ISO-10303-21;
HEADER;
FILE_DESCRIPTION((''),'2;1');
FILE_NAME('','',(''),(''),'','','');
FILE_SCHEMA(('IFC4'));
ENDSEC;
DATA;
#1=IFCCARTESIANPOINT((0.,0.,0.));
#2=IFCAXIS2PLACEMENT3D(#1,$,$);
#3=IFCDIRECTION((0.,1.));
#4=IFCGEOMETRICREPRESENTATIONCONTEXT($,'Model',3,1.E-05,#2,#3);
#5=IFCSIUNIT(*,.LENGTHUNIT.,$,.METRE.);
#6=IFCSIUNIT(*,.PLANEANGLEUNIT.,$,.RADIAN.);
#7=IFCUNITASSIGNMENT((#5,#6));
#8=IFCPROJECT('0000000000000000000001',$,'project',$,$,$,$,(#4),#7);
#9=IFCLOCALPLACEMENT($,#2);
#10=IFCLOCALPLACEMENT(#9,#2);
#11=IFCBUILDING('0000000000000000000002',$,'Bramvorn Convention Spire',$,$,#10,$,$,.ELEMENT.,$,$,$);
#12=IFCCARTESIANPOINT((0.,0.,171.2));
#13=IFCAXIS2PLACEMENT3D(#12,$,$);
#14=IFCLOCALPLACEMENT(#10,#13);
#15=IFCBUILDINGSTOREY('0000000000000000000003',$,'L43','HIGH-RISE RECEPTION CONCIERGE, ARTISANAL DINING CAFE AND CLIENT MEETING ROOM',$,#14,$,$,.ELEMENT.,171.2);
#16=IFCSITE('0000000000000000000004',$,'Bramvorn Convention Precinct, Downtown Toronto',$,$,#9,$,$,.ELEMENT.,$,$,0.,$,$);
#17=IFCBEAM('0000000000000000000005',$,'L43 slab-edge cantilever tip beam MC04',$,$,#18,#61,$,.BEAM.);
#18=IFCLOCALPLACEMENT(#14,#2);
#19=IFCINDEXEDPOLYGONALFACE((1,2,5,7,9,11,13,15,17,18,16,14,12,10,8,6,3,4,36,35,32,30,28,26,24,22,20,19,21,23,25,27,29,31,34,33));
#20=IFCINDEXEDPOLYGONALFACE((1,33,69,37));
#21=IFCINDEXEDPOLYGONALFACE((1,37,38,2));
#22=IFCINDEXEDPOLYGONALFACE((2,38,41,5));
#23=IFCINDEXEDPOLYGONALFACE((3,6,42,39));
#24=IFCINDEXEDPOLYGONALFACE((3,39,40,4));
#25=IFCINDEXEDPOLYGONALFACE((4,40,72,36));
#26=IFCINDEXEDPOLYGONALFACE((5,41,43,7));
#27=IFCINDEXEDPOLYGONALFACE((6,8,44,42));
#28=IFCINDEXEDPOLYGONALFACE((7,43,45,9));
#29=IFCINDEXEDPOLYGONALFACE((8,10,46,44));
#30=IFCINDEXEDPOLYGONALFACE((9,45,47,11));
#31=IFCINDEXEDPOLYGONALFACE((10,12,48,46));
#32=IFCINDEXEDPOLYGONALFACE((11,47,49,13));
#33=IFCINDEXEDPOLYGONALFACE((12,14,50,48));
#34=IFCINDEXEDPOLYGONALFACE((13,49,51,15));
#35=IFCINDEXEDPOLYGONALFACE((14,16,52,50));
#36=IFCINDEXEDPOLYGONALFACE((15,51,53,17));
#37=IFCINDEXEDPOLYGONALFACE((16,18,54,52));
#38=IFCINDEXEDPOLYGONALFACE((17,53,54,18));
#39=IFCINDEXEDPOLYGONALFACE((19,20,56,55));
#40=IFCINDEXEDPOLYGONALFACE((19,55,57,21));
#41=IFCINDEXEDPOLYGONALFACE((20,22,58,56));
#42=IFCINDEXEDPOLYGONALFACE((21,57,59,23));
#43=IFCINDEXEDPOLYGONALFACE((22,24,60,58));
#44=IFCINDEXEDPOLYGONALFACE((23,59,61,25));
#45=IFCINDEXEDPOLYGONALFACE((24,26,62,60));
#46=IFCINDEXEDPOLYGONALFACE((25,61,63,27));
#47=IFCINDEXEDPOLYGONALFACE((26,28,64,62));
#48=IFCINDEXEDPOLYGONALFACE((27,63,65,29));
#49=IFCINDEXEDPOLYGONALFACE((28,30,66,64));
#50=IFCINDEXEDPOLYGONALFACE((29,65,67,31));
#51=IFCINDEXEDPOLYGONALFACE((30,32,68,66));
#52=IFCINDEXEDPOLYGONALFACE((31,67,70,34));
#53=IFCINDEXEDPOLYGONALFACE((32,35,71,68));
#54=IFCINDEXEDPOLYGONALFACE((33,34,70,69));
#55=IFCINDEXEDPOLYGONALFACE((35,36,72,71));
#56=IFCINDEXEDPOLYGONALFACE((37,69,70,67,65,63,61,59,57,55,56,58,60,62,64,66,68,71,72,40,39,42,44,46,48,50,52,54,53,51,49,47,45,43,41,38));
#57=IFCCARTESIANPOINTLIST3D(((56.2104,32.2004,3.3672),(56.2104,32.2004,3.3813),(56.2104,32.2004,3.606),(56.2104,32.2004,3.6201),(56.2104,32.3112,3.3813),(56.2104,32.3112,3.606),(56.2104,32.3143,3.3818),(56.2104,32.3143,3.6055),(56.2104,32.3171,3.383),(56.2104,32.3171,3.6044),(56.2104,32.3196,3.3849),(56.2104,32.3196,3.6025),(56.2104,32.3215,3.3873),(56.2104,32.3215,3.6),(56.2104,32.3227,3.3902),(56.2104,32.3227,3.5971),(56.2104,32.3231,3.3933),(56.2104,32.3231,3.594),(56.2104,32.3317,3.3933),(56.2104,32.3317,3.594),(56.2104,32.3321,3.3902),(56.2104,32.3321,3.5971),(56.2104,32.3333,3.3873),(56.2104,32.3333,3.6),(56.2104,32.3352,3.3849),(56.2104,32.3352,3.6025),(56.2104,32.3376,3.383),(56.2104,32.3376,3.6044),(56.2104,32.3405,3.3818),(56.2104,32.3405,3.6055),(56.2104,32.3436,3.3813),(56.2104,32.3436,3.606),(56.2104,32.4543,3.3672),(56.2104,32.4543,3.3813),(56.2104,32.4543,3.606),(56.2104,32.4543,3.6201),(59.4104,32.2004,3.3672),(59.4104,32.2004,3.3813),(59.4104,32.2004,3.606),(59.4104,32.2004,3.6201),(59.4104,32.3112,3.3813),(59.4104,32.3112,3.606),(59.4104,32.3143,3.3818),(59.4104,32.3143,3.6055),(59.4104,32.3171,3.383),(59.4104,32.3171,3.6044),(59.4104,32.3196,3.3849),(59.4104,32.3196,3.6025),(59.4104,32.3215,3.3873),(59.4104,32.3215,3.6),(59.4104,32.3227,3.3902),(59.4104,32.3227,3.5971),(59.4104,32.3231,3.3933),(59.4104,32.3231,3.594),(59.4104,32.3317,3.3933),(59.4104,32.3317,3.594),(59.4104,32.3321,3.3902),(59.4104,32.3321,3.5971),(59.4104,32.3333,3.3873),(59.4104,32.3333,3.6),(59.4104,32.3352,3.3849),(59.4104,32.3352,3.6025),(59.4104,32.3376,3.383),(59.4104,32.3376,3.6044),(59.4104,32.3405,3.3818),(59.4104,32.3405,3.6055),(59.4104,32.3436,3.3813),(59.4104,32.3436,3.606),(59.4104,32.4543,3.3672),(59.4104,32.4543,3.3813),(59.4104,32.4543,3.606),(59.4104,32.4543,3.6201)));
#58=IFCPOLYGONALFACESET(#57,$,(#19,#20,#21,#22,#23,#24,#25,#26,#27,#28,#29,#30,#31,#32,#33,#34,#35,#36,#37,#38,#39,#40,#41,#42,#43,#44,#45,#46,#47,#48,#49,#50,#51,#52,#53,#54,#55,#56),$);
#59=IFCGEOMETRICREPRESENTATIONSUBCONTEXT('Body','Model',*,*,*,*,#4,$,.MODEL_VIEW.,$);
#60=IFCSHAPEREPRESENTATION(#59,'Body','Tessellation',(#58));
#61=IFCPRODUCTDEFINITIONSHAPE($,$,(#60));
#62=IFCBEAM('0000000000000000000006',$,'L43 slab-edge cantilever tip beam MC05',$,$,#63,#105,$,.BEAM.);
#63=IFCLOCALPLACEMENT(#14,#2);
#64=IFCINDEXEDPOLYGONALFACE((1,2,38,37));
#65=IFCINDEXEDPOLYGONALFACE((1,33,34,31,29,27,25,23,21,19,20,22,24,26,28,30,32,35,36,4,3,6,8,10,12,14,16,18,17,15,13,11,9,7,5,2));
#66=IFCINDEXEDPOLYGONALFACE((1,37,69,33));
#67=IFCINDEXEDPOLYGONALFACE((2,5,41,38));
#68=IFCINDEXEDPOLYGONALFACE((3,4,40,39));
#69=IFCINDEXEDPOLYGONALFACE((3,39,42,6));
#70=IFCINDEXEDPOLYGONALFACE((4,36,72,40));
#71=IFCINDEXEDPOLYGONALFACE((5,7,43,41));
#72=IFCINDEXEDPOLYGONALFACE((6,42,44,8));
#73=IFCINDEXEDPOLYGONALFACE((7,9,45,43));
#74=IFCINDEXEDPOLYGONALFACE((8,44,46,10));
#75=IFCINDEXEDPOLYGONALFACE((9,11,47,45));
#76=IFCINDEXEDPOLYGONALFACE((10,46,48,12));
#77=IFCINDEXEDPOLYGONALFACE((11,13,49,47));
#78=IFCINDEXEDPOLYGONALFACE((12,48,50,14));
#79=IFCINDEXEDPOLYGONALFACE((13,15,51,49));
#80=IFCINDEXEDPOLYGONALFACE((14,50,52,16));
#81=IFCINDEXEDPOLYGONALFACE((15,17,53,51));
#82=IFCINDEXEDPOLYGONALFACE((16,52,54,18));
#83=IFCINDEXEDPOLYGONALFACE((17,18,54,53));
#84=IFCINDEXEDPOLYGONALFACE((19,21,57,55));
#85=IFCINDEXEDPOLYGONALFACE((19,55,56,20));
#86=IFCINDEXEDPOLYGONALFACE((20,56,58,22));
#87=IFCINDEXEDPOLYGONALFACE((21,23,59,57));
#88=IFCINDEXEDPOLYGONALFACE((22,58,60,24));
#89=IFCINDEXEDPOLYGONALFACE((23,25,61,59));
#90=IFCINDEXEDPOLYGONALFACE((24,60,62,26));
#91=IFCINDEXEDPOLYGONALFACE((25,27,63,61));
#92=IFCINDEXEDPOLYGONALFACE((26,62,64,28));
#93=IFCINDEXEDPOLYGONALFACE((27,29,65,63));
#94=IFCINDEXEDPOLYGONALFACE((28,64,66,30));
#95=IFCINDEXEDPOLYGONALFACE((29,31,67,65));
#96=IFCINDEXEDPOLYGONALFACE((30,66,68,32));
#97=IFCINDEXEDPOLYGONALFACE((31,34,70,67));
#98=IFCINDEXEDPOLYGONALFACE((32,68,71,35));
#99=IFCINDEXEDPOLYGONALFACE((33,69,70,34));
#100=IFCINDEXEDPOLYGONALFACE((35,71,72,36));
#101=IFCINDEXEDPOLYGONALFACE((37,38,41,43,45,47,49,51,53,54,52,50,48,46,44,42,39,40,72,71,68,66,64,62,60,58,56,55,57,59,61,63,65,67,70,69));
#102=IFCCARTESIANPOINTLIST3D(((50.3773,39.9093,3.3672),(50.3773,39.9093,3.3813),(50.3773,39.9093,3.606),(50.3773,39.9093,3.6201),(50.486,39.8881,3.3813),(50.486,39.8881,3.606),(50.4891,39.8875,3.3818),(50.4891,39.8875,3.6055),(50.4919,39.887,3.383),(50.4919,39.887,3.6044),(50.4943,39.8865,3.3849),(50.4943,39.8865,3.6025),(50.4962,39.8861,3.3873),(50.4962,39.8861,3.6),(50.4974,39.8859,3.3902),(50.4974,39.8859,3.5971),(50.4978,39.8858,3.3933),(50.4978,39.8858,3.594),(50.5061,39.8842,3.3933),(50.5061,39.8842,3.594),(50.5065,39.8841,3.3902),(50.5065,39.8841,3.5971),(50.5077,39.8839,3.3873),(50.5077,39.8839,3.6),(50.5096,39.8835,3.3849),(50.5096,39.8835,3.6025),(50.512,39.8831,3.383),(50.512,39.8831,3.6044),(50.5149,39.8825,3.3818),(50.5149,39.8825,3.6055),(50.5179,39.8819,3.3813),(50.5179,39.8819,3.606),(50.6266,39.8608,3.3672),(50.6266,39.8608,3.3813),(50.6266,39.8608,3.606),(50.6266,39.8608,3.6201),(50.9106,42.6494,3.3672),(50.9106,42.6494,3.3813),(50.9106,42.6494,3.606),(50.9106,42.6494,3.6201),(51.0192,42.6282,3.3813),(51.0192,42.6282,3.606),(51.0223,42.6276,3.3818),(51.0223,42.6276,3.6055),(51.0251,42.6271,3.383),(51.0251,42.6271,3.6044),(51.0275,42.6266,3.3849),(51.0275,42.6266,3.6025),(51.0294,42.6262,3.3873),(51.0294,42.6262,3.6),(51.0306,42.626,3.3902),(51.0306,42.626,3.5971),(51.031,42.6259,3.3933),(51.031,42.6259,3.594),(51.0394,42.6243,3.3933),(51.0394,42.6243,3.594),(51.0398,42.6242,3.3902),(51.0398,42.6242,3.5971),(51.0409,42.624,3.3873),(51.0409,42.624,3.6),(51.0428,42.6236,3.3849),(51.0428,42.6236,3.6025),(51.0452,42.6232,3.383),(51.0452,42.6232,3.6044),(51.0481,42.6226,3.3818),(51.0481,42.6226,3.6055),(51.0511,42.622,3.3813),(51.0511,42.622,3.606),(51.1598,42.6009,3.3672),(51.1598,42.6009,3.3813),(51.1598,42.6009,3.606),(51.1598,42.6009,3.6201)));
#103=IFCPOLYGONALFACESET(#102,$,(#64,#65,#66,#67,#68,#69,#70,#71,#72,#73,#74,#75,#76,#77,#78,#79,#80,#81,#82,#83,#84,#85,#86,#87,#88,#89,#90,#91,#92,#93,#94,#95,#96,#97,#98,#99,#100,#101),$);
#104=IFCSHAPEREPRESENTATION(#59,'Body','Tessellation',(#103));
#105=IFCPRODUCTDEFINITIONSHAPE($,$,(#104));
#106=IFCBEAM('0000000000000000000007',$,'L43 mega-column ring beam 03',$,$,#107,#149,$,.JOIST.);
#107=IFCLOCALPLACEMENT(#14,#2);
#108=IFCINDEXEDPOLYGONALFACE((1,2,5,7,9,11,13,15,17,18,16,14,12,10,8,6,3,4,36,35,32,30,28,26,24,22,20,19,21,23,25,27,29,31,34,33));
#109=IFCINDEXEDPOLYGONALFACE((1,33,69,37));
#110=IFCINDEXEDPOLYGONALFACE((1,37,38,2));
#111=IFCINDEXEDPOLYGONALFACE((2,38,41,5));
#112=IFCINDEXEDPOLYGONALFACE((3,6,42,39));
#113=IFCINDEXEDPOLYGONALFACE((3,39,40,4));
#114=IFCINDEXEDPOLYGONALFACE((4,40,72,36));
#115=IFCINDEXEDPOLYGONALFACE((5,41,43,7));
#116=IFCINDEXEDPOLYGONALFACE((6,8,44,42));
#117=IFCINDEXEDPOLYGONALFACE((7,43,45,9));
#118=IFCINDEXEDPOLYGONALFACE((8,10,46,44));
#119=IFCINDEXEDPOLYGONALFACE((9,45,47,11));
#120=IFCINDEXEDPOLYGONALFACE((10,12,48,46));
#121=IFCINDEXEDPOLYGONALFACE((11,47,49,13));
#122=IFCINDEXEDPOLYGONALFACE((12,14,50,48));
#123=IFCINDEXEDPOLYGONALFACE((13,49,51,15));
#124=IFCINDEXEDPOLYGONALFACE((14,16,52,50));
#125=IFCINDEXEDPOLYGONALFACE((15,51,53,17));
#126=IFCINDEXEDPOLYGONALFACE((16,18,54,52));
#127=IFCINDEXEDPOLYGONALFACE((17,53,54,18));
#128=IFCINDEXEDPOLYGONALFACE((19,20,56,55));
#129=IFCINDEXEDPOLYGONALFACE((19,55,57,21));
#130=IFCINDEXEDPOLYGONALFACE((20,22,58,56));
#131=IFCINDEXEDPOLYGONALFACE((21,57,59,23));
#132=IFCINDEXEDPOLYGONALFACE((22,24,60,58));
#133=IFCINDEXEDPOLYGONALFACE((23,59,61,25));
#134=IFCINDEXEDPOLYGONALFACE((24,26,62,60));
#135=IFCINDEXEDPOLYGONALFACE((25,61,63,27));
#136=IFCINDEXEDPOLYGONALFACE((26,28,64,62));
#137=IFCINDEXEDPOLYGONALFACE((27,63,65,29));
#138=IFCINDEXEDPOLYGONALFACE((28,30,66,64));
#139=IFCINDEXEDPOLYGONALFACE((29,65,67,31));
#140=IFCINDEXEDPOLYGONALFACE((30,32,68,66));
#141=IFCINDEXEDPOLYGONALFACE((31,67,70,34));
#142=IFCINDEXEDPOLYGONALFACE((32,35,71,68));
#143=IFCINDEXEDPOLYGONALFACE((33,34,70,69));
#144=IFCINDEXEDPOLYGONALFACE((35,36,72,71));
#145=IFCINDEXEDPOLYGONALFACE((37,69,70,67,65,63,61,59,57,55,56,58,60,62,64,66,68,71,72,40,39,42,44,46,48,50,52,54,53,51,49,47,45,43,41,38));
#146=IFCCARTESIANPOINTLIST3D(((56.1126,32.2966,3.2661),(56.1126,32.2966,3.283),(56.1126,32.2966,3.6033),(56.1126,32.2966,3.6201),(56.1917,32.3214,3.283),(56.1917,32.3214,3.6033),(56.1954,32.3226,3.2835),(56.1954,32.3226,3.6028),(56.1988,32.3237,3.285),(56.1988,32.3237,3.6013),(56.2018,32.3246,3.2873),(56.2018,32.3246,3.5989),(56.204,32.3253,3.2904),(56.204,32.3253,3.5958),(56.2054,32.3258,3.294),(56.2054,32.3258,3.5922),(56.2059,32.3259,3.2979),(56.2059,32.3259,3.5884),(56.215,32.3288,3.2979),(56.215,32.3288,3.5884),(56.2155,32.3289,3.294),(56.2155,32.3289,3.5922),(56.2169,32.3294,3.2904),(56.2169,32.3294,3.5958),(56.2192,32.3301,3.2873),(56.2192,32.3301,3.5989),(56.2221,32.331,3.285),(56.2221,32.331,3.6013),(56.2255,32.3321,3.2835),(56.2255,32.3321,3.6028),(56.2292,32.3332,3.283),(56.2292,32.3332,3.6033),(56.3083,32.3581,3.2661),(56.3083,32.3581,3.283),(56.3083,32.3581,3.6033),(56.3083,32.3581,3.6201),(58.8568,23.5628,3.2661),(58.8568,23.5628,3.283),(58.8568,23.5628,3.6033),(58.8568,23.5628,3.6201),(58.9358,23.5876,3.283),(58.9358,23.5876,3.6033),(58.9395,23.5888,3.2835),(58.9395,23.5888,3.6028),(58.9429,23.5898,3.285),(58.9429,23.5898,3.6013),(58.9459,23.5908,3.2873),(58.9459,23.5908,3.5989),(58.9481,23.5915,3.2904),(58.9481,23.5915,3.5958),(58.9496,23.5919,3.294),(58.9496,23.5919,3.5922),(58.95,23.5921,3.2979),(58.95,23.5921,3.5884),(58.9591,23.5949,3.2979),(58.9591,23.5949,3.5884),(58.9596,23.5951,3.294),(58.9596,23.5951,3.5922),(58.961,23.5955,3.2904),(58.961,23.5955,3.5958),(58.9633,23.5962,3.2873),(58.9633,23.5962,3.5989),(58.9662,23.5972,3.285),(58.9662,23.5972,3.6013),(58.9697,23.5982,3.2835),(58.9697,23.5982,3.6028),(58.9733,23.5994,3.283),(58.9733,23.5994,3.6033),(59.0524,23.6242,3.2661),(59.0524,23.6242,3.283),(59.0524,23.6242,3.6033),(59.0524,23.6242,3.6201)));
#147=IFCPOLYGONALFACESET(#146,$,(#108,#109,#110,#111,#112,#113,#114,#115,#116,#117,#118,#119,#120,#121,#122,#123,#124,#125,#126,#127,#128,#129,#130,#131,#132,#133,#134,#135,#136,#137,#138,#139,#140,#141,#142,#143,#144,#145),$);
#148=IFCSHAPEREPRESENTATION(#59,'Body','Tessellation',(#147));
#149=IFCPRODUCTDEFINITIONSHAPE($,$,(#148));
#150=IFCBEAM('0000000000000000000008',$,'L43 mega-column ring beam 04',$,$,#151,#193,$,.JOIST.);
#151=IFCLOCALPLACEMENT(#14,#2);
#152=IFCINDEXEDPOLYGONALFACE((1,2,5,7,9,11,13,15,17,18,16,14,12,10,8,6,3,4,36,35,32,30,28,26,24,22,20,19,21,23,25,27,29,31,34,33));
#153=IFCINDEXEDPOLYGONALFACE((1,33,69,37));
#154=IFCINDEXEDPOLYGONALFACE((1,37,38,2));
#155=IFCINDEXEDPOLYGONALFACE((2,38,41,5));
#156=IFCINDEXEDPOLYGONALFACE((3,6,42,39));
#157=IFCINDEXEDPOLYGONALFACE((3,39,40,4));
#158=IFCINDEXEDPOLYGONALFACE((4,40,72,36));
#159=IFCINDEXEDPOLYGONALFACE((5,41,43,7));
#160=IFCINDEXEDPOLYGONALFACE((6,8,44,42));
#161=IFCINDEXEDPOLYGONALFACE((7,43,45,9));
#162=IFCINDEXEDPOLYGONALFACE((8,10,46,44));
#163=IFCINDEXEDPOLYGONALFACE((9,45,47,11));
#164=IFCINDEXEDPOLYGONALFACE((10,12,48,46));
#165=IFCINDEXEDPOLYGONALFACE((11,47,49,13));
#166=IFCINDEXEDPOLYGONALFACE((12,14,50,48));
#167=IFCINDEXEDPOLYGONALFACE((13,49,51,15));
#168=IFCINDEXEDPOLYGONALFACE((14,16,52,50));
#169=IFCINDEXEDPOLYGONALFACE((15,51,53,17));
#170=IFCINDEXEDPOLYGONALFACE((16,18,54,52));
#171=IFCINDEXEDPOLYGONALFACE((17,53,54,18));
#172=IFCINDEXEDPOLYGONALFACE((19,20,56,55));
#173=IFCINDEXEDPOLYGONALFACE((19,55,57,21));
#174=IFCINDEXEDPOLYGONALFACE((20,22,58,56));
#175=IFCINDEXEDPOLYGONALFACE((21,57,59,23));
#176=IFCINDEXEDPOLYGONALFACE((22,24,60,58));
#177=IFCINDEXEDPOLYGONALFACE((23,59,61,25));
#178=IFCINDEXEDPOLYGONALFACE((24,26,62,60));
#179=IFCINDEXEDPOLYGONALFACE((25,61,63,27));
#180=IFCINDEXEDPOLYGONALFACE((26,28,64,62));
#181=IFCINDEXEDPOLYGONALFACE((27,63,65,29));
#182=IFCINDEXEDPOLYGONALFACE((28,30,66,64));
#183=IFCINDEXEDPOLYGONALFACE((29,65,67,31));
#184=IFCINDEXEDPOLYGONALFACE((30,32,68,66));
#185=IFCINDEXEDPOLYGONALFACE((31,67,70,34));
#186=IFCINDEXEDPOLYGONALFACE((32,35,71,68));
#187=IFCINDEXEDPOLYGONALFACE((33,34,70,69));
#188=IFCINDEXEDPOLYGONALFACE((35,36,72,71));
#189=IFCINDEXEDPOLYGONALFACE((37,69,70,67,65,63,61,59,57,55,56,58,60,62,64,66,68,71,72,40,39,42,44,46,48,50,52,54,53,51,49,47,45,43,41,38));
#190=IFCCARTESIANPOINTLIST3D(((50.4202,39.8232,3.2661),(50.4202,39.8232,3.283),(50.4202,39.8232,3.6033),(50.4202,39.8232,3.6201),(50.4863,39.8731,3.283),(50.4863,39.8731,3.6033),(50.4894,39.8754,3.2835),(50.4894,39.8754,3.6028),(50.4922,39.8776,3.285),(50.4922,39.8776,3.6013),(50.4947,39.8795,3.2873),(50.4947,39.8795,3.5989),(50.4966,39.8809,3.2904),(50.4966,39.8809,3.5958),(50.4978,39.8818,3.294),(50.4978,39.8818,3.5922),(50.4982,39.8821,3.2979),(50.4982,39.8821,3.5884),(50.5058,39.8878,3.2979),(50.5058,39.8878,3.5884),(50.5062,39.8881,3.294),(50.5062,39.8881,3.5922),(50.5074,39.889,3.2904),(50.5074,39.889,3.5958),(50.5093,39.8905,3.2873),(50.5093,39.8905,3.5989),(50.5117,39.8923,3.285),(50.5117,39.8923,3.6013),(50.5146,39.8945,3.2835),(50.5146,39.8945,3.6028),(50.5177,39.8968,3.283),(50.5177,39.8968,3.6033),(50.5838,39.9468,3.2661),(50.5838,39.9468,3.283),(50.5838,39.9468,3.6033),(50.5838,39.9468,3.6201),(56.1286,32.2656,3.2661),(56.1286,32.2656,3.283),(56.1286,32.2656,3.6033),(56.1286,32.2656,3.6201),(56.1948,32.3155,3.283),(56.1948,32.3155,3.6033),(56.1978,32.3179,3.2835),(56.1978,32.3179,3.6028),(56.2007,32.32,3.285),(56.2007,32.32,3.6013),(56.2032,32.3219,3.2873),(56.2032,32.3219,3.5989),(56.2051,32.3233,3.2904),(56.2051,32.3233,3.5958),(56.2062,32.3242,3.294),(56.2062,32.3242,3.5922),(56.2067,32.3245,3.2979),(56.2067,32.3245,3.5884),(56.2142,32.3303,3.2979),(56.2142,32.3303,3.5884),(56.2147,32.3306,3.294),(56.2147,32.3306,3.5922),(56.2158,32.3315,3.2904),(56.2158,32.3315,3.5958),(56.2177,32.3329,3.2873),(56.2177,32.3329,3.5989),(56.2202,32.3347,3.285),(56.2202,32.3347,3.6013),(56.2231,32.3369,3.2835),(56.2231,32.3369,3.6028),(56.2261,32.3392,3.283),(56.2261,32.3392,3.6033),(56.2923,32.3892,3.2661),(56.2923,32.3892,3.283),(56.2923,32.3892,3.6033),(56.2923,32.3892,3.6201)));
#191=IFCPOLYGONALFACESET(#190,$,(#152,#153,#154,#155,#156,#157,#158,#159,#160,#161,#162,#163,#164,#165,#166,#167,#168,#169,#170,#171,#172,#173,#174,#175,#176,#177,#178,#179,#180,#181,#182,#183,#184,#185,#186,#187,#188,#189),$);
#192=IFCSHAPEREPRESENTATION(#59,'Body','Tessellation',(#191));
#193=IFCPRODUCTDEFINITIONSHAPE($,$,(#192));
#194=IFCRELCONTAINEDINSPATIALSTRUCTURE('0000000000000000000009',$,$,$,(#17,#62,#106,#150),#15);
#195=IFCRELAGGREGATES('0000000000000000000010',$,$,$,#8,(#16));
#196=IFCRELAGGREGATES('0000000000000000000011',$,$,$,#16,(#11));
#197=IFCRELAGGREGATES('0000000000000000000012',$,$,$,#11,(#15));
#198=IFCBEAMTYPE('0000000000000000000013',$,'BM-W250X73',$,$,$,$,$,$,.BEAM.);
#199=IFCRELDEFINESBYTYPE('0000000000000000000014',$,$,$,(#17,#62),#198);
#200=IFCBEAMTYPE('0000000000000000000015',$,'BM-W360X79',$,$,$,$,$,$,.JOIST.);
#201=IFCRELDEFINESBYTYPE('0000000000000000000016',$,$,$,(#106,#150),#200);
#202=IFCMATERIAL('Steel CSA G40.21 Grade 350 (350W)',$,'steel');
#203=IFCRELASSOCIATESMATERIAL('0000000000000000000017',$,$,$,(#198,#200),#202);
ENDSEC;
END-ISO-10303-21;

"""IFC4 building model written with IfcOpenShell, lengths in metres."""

from ifc_helpers import new_model, si_unit, direction, frame, origin, origin_2d, place, context, subcontext, project, spatial, i_section, extrude, material, material_profile, profile_set, type_object, element, save


model = new_model("IFC4")

# Units and contexts
model_context = context("Model", 3, precision=1e-05, world=origin(), true_north=direction((0.0, 1.0)))
body_context = subcontext(model_context, "Body", "Model", "MODEL_VIEW")
ifc_project = project(units=[si_unit("LENGTHUNIT", "METRE"), si_unit("PLANEANGLEUNIT", "RADIAN")], contexts=[model_context])

# Site, building, storey
site_placement = place(None, origin())
site = spatial("IfcSite", under=ifc_project, at=site_placement, Name="Bramvorn Convention Precinct, Downtown Toronto", CompositionType="ELEMENT", RefElevation=0.0)
building_placement = place(site_placement, origin())
building = spatial("IfcBuilding", under=site, at=building_placement, Name="Bramvorn Convention Spire", CompositionType="ELEMENT")
storey_placement = place(building_placement, frame((0.0, 0.0, 171.2)))
storey = spatial("IfcBuildingStorey", under=building, at=storey_placement, Name="L43", Description="HIGH-RISE RECEPTION CONCIERGE, ARTISANAL DINING CAFE AND CLIENT MEETING ROOM", CompositionType="ELEMENT", Elevation=171.2)

# Shared definitions
ifc_material_1 = material(Name="Steel CSA G40.21 Grade 350 (350W)", Category="steel")

# Beams
ifc_material_profile_1 = material_profile(ifc_material_1, i_section(OverallWidth=0.2539, OverallDepth=0.2529, WebThickness=0.0085, FlangeThickness=0.0142, FilletRadius=0.012, at=origin_2d()))
ifc_profile_set_1 = profile_set([ifc_material_profile_1], Name="Steel CSA G40.21 Grade 350 (350W) - W250X73")
beam_type_1 = type_object("IfcBeamType", Name="BM-W250X73", PredefinedType="BEAM", material=ifc_profile_set_1)
beam_1_placement = place(storey_placement, frame((56.2104, 32.3274, 3.4937), z_axis=(1.0, 0.0, 0.0), x_axis=(0.0, 1.0, 0.0)))
element("IfcBeam", 1, at=beam_1_placement, inside=storey, type_object=beam_type_1, Name="L43 slab-edge cantilever tip beam MC04", PredefinedType="BEAM", context=body_context, shape_type="SweptSolid", body=[
    extrude(i_section(OverallWidth=0.2539, OverallDepth=0.2529, WebThickness=0.0085, FlangeThickness=0.0142, FilletRadius=0.012, at=origin_2d()), origin(), (0.0, 0.0, 1.0), 3.2),
])
beam_2_placement = place(storey_placement, frame((50.502, 39.885, 3.4937), z_axis=(0.191017, 0.981587, 0.0), x_axis=(-0.981587, 0.191017, 0.0)))
element("IfcBeam", 2, at=beam_2_placement, inside=storey, type_object=beam_type_1, Name="L43 slab-edge cantilever tip beam MC05", PredefinedType="BEAM", context=body_context, shape_type="SweptSolid", body=[
    extrude(i_section(OverallWidth=0.2539, OverallDepth=0.2529, WebThickness=0.0085, FlangeThickness=0.0142, FilletRadius=0.012, at=origin_2d()), origin(), (0.0, 0.0, 1.0), 2.7915),
])
ifc_material_profile_2 = material_profile(ifc_material_1, i_section(OverallWidth=0.2051, OverallDepth=0.354, WebThickness=0.0095, FlangeThickness=0.0168, FilletRadius=0.0149, at=origin_2d()))
ifc_profile_set_2 = profile_set([ifc_material_profile_2], Name="Steel CSA G40.21 Grade 350 (350W) - W360X79")
beam_type_2 = type_object("IfcBeamType", Name="BM-W360X79", PredefinedType="JOIST", material=ifc_profile_set_2)
beam_3_placement = place(storey_placement, frame((58.9546, 23.5935, 3.4431), z_axis=(-0.299748, 0.954019, 0.0), x_axis=(-0.954019, -0.299748, 0.0)))
element("IfcBeam", 3, at=beam_3_placement, inside=storey, type_object=beam_type_2, Name="L43 mega-column ring beam 03", PredefinedType="JOIST", context=body_context, shape_type="SweptSolid", body=[
    extrude(i_section(OverallWidth=0.2051, OverallDepth=0.354, WebThickness=0.0095, FlangeThickness=0.0168, FilletRadius=0.0149, at=origin_2d()), origin(), (0.0, 0.0, 1.0), 9.1548),
])
for number, where, z_axis, x_axis, name in (
    (4, (56.2104, 32.3274, 3.4431), (-0.602719, 0.797954, 0.0), (-0.797954, -0.602719, 0.0), "L43 mega-column ring beam 04"),
):
    element("IfcBeam", number, at=place(storey_placement, frame(where, z_axis=z_axis, x_axis=x_axis)), inside=storey, type_object=beam_type_2, Name=name, PredefinedType="JOIST", context=body_context, shape_type="SweptSolid", body=[
        extrude(i_section(OverallWidth=0.2051, OverallDepth=0.354, WebThickness=0.0095, FlangeThickness=0.0168, FilletRadius=0.0149, at=origin_2d()), origin(), (0.0, 0.0, 1.0), 9.4712),
    ])

save(model, "model.ifc")
